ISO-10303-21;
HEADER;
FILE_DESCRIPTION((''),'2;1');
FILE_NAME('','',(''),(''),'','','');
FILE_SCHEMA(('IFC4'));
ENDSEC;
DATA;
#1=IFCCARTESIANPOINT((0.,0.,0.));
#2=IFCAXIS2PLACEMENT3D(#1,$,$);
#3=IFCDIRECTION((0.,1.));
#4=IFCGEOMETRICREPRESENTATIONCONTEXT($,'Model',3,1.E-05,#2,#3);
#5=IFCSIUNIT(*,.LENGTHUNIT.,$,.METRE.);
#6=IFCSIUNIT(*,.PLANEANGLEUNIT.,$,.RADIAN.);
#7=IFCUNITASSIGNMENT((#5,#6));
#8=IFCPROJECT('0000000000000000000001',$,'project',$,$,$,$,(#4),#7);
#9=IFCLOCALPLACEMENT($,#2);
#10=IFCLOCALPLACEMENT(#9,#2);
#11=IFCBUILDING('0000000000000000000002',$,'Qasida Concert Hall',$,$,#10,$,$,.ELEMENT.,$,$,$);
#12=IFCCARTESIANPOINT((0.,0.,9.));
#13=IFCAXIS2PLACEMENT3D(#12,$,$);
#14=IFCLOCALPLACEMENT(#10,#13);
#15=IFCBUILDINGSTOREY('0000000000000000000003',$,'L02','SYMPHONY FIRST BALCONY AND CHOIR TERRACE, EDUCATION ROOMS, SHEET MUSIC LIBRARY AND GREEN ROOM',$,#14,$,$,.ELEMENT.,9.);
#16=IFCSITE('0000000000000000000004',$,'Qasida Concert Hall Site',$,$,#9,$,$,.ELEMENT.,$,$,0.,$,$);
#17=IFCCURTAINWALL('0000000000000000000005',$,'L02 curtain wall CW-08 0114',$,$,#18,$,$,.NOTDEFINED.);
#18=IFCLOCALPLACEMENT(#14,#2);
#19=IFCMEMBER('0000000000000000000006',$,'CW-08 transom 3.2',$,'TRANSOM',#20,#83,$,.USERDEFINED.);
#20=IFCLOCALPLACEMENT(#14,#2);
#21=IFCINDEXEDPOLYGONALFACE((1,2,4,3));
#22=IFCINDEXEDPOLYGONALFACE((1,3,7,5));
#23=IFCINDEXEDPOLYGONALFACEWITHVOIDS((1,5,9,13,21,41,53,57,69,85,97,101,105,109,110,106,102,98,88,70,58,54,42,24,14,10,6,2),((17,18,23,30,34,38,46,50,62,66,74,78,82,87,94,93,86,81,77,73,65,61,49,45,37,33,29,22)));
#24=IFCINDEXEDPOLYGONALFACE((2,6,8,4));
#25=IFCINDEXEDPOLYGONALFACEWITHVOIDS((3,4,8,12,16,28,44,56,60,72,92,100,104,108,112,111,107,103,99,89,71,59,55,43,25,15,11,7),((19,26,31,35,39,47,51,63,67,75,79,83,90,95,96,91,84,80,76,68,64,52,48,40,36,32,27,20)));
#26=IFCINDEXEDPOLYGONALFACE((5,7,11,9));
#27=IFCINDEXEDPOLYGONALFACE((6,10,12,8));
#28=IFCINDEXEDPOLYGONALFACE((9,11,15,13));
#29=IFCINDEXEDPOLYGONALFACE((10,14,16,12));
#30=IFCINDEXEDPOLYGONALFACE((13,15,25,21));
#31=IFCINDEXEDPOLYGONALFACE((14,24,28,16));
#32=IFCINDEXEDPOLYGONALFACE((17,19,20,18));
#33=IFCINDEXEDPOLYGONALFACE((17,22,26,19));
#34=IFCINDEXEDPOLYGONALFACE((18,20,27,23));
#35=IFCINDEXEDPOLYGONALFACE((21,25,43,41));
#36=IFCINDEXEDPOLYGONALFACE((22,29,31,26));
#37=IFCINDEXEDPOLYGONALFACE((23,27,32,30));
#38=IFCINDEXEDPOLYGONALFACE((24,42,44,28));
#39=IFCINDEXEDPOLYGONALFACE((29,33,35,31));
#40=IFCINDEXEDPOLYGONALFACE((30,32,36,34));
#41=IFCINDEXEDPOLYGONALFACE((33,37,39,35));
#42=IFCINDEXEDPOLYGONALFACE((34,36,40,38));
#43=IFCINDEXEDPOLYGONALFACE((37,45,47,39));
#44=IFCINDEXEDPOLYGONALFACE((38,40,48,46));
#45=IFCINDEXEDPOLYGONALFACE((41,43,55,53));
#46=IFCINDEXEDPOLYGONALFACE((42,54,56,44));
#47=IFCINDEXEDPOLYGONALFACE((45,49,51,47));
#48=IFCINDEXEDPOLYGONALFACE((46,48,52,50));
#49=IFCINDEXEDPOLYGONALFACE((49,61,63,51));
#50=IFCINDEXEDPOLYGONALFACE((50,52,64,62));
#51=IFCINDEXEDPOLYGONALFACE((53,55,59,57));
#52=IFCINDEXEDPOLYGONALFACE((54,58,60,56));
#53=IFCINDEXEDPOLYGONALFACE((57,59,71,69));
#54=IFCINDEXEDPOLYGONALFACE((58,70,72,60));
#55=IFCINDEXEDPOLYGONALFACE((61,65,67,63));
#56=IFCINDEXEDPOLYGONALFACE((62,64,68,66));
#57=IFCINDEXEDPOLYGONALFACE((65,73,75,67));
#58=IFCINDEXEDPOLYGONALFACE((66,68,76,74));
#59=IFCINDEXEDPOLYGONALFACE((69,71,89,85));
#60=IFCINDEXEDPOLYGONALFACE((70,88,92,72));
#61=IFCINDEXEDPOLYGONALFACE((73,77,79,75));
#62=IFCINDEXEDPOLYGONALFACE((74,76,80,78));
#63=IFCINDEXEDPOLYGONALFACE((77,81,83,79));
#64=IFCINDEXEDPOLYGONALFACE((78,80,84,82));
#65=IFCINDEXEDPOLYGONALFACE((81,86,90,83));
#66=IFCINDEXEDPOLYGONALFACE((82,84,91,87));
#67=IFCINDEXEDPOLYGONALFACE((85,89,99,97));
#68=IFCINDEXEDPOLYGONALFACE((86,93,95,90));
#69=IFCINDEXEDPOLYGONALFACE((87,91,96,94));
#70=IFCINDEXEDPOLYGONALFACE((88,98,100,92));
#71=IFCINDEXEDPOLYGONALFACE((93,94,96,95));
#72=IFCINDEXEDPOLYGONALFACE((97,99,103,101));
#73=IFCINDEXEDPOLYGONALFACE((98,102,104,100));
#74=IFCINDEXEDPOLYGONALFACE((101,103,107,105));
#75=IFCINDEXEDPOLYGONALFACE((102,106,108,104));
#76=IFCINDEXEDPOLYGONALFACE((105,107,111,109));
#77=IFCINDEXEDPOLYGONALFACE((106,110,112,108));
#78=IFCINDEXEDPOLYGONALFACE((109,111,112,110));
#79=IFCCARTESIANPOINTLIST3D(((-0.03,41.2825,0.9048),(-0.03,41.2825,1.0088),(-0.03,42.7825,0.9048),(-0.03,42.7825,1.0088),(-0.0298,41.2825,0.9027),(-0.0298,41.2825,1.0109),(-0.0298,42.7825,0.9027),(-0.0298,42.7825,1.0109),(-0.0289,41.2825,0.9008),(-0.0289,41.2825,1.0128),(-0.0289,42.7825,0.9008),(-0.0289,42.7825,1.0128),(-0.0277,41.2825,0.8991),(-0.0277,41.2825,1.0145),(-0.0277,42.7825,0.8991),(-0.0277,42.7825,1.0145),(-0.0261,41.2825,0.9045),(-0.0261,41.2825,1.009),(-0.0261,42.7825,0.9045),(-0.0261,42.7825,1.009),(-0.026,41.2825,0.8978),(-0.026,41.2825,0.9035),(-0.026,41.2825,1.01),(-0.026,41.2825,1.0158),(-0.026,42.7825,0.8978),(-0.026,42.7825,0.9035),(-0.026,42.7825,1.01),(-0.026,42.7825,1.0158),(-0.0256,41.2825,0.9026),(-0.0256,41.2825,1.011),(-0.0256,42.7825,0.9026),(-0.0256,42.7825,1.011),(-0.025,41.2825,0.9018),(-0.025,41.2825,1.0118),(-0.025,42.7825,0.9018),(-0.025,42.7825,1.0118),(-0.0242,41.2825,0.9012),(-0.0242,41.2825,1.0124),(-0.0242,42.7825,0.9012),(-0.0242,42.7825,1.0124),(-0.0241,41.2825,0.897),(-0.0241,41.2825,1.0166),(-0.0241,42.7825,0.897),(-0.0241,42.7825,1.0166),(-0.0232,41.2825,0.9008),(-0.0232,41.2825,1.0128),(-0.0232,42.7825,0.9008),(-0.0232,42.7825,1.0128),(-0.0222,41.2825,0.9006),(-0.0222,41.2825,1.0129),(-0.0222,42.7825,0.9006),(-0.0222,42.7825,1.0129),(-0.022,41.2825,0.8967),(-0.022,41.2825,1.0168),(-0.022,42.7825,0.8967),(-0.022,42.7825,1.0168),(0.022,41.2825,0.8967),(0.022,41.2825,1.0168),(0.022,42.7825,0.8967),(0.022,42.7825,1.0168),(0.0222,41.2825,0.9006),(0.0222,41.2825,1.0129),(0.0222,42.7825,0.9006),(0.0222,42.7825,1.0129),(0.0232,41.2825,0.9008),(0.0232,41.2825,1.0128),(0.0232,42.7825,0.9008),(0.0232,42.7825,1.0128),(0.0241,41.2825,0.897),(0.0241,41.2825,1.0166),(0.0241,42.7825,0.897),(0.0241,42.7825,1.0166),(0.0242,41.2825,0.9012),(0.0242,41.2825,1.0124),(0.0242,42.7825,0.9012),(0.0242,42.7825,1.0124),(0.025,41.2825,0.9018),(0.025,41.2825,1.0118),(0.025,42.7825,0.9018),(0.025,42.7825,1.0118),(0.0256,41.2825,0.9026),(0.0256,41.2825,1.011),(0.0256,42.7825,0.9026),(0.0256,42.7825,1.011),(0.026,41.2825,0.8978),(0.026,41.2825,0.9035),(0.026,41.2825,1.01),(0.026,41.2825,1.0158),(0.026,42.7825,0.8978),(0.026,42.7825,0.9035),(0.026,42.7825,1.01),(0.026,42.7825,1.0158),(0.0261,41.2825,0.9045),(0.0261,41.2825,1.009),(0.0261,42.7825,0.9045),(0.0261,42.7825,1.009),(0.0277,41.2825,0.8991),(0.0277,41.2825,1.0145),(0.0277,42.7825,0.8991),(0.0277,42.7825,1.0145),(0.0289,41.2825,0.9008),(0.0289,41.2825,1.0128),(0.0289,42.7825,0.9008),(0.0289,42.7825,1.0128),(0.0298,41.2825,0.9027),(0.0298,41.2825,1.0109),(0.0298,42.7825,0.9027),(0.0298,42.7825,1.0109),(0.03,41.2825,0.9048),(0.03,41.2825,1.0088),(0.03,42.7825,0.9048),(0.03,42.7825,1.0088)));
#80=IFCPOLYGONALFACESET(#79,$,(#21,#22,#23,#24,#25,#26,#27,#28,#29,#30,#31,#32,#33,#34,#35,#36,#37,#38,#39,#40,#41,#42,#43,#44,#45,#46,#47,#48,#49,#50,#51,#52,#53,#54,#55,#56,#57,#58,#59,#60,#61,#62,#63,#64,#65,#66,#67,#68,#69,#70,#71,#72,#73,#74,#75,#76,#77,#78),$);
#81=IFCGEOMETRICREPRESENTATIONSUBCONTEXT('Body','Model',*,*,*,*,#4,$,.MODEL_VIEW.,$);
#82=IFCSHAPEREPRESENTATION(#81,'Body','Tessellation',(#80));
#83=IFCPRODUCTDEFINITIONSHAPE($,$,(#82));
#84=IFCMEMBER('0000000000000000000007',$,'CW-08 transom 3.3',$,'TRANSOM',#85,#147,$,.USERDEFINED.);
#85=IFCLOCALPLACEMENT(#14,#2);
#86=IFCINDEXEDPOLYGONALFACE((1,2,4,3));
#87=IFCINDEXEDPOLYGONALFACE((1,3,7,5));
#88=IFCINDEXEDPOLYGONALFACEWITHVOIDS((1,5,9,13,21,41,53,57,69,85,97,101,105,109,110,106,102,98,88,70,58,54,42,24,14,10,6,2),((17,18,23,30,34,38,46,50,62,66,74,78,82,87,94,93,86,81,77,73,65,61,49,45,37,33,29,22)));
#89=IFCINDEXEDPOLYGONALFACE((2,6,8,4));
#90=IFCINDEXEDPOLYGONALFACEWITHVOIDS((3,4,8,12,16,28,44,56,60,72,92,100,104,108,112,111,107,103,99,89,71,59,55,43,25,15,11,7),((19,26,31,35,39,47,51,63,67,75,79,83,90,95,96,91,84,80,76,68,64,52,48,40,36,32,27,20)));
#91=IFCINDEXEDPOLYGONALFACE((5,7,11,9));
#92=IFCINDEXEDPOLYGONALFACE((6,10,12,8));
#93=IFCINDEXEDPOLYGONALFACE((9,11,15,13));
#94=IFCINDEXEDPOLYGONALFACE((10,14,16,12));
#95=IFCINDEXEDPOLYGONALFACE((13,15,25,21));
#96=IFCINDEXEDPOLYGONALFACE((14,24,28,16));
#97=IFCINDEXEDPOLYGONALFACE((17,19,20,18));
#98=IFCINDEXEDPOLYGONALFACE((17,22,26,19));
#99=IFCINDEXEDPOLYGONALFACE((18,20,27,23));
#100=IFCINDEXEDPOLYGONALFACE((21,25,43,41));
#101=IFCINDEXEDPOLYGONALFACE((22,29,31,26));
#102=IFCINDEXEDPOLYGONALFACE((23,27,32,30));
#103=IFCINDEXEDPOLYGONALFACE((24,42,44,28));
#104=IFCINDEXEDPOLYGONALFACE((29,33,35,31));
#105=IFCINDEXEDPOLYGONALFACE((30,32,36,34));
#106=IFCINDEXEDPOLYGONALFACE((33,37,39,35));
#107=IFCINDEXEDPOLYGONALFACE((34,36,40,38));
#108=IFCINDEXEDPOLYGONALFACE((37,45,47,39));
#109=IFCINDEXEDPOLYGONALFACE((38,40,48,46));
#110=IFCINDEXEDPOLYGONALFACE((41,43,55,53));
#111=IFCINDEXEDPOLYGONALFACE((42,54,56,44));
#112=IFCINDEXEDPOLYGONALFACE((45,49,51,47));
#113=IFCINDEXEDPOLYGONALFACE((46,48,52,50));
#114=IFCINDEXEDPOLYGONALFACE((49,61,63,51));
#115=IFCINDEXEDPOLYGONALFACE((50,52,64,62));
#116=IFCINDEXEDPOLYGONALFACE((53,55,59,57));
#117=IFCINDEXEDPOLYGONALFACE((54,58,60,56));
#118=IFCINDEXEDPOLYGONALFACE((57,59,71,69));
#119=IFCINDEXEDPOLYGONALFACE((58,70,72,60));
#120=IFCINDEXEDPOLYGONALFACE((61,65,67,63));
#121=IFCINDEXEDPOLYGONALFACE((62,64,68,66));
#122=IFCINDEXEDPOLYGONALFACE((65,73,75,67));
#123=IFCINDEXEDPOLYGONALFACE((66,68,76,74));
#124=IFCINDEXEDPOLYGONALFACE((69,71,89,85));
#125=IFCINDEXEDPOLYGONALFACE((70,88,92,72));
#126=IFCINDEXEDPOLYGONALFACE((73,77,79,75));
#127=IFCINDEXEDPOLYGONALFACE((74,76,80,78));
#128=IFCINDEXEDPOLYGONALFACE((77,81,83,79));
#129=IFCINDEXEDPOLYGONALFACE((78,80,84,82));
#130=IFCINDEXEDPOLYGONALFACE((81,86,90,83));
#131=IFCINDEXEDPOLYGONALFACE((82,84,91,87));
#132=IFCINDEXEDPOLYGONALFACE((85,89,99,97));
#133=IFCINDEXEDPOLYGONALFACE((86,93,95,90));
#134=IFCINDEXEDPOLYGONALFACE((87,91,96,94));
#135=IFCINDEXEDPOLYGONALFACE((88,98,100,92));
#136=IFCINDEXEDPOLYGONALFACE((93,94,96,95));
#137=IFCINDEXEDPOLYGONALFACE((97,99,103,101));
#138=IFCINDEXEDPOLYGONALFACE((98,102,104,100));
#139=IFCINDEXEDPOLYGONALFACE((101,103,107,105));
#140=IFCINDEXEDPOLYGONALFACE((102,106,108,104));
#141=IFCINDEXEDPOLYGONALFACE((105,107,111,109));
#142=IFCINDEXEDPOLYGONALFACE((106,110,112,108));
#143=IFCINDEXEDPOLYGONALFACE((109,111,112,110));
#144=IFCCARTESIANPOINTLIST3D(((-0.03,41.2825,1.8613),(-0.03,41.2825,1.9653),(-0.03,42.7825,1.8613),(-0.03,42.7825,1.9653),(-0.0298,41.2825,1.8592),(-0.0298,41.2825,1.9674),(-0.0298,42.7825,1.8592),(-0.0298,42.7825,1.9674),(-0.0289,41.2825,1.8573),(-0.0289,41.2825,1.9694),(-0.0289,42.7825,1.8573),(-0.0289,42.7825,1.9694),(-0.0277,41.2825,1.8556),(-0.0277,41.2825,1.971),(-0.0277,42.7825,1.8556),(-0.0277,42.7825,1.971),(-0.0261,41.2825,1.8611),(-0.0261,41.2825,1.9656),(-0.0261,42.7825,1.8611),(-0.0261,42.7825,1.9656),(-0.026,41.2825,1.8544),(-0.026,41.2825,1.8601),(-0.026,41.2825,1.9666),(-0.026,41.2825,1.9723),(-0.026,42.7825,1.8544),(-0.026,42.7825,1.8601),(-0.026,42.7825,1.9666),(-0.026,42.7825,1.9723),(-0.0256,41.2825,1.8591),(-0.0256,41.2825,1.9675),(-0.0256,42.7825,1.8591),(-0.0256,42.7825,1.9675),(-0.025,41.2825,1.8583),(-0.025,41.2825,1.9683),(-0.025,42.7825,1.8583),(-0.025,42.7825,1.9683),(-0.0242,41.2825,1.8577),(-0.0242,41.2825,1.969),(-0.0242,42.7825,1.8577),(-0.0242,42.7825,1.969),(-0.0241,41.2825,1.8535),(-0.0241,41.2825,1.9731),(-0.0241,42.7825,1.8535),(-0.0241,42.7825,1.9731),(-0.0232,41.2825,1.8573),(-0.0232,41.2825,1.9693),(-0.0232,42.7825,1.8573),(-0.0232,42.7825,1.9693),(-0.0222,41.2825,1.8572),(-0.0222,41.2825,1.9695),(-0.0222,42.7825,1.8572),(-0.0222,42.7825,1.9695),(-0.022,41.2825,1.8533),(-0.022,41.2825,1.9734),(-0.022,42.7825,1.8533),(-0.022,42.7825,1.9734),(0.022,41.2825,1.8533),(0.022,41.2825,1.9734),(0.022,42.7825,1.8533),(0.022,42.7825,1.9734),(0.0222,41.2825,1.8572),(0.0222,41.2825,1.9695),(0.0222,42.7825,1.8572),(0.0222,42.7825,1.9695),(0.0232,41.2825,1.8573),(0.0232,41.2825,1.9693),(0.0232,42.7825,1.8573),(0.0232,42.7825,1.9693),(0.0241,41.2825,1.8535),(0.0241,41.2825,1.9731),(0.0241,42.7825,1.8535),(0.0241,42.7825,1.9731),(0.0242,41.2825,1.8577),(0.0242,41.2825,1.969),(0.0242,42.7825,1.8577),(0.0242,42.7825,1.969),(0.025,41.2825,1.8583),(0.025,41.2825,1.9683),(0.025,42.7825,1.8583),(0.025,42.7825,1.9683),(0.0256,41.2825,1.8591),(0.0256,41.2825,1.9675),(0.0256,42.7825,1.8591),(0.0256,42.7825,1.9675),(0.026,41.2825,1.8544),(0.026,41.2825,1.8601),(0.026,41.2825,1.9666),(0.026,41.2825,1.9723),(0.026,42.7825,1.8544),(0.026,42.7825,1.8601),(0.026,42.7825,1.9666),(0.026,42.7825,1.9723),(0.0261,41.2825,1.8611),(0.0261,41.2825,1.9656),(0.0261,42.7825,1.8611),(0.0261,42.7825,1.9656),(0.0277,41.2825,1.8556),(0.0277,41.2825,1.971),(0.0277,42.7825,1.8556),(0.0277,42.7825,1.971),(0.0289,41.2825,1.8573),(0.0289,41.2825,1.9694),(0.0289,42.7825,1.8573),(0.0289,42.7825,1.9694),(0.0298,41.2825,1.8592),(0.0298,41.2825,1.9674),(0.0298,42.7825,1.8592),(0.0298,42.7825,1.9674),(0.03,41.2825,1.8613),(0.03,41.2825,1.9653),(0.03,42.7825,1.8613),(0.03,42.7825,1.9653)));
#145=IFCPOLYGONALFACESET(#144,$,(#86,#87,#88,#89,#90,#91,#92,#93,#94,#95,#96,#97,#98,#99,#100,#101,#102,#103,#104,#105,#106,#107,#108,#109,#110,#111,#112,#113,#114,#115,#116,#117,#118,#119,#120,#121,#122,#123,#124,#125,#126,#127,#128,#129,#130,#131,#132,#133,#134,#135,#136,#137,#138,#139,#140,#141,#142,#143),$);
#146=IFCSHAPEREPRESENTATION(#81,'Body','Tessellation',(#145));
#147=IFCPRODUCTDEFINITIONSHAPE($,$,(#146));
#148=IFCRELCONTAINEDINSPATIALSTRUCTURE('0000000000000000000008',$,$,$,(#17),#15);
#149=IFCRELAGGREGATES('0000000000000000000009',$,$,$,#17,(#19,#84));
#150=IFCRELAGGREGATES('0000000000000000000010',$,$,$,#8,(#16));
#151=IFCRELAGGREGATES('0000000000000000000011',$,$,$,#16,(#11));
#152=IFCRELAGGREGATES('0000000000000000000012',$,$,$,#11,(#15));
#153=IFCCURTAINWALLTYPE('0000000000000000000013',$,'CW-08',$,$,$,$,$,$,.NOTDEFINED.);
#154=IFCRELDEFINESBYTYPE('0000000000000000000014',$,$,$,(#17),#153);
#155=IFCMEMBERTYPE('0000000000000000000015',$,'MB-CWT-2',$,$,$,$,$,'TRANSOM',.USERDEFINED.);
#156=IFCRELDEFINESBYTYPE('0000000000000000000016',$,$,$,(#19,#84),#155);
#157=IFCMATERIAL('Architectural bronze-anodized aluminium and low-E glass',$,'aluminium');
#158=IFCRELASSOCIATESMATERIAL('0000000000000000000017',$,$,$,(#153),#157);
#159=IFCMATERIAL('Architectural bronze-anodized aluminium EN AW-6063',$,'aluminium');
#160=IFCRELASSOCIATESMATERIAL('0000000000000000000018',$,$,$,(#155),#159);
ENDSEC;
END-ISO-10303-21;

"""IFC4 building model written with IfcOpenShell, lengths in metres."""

from ifc_helpers import new_model, si_unit, direction, frame, origin, origin_2d, place, context, subcontext, project, spatial, hollow_rectangle, extrude, material, material_profile, profile_set, type_object, element, aggregate, save


model = new_model("IFC4")

# Units and contexts
model_context = context("Model", 3, precision=1e-05, world=origin(), true_north=direction((0.0, 1.0)))
body_context = subcontext(model_context, "Body", "Model", "MODEL_VIEW")
ifc_project = project(units=[si_unit("LENGTHUNIT", "METRE"), si_unit("PLANEANGLEUNIT", "RADIAN")], contexts=[model_context])

# Site, building, storey
site_placement = place(None, origin())
site = spatial("IfcSite", under=ifc_project, at=site_placement, Name="Qasida Concert Hall Site", CompositionType="ELEMENT", RefElevation=0.0)
building_placement = place(site_placement, origin())
building = spatial("IfcBuilding", under=site, at=building_placement, Name="Qasida Concert Hall", CompositionType="ELEMENT")
storey_placement = place(building_placement, frame((0.0, 0.0, 9.0)))
storey = spatial("IfcBuildingStorey", under=building, at=storey_placement, Name="L02", Description="SYMPHONY FIRST BALCONY AND CHOIR TERRACE, EDUCATION ROOMS, SHEET MUSIC LIBRARY AND GREEN ROOM", CompositionType="ELEMENT", Elevation=9.0)

# Curtain wall, members
ifc_material_1 = material(Name="Architectural bronze-anodized aluminium and low-E glass", Category="aluminium")
curtain_wall_type = type_object("IfcCurtainWallType", Name="CW-08", PredefinedType="NOTDEFINED", material=ifc_material_1)
curtain_wall_placement = place(storey_placement, origin())
curtain_wall = element("IfcCurtainWall", 1, at=curtain_wall_placement, inside=storey, type_object=curtain_wall_type, Name="L02 curtain wall CW-08 0114", PredefinedType="NOTDEFINED")
ifc_material_2 = material(Name="Architectural bronze-anodized aluminium EN AW-6063", Category="aluminium")
ifc_material_profile_1 = material_profile(ifc_material_2, hollow_rectangle(XDim=0.0601, YDim=0.1201, WallThickness=0.0039, InnerFilletRadius=0.0039, OuterFilletRadius=0.0081, at=origin_2d()), Name="CWT 120x60x4")
ifc_profile_set_1 = profile_set([ifc_material_profile_1], Name="Architectural bronze-anodized aluminium EN AW-6063")
member_type_1 = type_object("IfcMemberType", Name="MB-CWT-2", ElementType="TRANSOM", PredefinedType="USERDEFINED", material=ifc_profile_set_1)
member_1_placement = place(storey_placement, frame((0.0, 41.2825, 0.9568), z_axis=(0.0, 1.0, 0.0), x_axis=(-1.0, 0.0, 0.0)))
member_1 = element("IfcMember", 2, at=member_1_placement, type_object=member_type_1, Name="CW-08 transom 3.2", ObjectType="TRANSOM", PredefinedType="USERDEFINED", context=body_context, shape_type="SweptSolid", body=[
    extrude(hollow_rectangle(XDim=0.0601, YDim=0.1201, WallThickness=0.0039, InnerFilletRadius=0.0039, OuterFilletRadius=0.0081, at=origin_2d()), origin(), (0.0, 0.0, 1.0), 1.5),
])
member_2_placement = place(storey_placement, frame((0.0, 41.2825, 1.9133), z_axis=(0.0, 1.0, 0.0), x_axis=(-1.0, 0.0, 0.0)))
member_2 = element("IfcMember", 3, at=member_2_placement, type_object=member_type_1, Name="CW-08 transom 3.3", ObjectType="TRANSOM", PredefinedType="USERDEFINED", context=body_context, shape_type="SweptSolid", body=[
    extrude(hollow_rectangle(XDim=0.0601, YDim=0.1201, WallThickness=0.0039, InnerFilletRadius=0.0039, OuterFilletRadius=0.0081, at=origin_2d()), origin(), (0.0, 0.0, 1.0), 1.5),
])
aggregate(curtain_wall, [member_1, member_2])

save(model, "model.ifc")
